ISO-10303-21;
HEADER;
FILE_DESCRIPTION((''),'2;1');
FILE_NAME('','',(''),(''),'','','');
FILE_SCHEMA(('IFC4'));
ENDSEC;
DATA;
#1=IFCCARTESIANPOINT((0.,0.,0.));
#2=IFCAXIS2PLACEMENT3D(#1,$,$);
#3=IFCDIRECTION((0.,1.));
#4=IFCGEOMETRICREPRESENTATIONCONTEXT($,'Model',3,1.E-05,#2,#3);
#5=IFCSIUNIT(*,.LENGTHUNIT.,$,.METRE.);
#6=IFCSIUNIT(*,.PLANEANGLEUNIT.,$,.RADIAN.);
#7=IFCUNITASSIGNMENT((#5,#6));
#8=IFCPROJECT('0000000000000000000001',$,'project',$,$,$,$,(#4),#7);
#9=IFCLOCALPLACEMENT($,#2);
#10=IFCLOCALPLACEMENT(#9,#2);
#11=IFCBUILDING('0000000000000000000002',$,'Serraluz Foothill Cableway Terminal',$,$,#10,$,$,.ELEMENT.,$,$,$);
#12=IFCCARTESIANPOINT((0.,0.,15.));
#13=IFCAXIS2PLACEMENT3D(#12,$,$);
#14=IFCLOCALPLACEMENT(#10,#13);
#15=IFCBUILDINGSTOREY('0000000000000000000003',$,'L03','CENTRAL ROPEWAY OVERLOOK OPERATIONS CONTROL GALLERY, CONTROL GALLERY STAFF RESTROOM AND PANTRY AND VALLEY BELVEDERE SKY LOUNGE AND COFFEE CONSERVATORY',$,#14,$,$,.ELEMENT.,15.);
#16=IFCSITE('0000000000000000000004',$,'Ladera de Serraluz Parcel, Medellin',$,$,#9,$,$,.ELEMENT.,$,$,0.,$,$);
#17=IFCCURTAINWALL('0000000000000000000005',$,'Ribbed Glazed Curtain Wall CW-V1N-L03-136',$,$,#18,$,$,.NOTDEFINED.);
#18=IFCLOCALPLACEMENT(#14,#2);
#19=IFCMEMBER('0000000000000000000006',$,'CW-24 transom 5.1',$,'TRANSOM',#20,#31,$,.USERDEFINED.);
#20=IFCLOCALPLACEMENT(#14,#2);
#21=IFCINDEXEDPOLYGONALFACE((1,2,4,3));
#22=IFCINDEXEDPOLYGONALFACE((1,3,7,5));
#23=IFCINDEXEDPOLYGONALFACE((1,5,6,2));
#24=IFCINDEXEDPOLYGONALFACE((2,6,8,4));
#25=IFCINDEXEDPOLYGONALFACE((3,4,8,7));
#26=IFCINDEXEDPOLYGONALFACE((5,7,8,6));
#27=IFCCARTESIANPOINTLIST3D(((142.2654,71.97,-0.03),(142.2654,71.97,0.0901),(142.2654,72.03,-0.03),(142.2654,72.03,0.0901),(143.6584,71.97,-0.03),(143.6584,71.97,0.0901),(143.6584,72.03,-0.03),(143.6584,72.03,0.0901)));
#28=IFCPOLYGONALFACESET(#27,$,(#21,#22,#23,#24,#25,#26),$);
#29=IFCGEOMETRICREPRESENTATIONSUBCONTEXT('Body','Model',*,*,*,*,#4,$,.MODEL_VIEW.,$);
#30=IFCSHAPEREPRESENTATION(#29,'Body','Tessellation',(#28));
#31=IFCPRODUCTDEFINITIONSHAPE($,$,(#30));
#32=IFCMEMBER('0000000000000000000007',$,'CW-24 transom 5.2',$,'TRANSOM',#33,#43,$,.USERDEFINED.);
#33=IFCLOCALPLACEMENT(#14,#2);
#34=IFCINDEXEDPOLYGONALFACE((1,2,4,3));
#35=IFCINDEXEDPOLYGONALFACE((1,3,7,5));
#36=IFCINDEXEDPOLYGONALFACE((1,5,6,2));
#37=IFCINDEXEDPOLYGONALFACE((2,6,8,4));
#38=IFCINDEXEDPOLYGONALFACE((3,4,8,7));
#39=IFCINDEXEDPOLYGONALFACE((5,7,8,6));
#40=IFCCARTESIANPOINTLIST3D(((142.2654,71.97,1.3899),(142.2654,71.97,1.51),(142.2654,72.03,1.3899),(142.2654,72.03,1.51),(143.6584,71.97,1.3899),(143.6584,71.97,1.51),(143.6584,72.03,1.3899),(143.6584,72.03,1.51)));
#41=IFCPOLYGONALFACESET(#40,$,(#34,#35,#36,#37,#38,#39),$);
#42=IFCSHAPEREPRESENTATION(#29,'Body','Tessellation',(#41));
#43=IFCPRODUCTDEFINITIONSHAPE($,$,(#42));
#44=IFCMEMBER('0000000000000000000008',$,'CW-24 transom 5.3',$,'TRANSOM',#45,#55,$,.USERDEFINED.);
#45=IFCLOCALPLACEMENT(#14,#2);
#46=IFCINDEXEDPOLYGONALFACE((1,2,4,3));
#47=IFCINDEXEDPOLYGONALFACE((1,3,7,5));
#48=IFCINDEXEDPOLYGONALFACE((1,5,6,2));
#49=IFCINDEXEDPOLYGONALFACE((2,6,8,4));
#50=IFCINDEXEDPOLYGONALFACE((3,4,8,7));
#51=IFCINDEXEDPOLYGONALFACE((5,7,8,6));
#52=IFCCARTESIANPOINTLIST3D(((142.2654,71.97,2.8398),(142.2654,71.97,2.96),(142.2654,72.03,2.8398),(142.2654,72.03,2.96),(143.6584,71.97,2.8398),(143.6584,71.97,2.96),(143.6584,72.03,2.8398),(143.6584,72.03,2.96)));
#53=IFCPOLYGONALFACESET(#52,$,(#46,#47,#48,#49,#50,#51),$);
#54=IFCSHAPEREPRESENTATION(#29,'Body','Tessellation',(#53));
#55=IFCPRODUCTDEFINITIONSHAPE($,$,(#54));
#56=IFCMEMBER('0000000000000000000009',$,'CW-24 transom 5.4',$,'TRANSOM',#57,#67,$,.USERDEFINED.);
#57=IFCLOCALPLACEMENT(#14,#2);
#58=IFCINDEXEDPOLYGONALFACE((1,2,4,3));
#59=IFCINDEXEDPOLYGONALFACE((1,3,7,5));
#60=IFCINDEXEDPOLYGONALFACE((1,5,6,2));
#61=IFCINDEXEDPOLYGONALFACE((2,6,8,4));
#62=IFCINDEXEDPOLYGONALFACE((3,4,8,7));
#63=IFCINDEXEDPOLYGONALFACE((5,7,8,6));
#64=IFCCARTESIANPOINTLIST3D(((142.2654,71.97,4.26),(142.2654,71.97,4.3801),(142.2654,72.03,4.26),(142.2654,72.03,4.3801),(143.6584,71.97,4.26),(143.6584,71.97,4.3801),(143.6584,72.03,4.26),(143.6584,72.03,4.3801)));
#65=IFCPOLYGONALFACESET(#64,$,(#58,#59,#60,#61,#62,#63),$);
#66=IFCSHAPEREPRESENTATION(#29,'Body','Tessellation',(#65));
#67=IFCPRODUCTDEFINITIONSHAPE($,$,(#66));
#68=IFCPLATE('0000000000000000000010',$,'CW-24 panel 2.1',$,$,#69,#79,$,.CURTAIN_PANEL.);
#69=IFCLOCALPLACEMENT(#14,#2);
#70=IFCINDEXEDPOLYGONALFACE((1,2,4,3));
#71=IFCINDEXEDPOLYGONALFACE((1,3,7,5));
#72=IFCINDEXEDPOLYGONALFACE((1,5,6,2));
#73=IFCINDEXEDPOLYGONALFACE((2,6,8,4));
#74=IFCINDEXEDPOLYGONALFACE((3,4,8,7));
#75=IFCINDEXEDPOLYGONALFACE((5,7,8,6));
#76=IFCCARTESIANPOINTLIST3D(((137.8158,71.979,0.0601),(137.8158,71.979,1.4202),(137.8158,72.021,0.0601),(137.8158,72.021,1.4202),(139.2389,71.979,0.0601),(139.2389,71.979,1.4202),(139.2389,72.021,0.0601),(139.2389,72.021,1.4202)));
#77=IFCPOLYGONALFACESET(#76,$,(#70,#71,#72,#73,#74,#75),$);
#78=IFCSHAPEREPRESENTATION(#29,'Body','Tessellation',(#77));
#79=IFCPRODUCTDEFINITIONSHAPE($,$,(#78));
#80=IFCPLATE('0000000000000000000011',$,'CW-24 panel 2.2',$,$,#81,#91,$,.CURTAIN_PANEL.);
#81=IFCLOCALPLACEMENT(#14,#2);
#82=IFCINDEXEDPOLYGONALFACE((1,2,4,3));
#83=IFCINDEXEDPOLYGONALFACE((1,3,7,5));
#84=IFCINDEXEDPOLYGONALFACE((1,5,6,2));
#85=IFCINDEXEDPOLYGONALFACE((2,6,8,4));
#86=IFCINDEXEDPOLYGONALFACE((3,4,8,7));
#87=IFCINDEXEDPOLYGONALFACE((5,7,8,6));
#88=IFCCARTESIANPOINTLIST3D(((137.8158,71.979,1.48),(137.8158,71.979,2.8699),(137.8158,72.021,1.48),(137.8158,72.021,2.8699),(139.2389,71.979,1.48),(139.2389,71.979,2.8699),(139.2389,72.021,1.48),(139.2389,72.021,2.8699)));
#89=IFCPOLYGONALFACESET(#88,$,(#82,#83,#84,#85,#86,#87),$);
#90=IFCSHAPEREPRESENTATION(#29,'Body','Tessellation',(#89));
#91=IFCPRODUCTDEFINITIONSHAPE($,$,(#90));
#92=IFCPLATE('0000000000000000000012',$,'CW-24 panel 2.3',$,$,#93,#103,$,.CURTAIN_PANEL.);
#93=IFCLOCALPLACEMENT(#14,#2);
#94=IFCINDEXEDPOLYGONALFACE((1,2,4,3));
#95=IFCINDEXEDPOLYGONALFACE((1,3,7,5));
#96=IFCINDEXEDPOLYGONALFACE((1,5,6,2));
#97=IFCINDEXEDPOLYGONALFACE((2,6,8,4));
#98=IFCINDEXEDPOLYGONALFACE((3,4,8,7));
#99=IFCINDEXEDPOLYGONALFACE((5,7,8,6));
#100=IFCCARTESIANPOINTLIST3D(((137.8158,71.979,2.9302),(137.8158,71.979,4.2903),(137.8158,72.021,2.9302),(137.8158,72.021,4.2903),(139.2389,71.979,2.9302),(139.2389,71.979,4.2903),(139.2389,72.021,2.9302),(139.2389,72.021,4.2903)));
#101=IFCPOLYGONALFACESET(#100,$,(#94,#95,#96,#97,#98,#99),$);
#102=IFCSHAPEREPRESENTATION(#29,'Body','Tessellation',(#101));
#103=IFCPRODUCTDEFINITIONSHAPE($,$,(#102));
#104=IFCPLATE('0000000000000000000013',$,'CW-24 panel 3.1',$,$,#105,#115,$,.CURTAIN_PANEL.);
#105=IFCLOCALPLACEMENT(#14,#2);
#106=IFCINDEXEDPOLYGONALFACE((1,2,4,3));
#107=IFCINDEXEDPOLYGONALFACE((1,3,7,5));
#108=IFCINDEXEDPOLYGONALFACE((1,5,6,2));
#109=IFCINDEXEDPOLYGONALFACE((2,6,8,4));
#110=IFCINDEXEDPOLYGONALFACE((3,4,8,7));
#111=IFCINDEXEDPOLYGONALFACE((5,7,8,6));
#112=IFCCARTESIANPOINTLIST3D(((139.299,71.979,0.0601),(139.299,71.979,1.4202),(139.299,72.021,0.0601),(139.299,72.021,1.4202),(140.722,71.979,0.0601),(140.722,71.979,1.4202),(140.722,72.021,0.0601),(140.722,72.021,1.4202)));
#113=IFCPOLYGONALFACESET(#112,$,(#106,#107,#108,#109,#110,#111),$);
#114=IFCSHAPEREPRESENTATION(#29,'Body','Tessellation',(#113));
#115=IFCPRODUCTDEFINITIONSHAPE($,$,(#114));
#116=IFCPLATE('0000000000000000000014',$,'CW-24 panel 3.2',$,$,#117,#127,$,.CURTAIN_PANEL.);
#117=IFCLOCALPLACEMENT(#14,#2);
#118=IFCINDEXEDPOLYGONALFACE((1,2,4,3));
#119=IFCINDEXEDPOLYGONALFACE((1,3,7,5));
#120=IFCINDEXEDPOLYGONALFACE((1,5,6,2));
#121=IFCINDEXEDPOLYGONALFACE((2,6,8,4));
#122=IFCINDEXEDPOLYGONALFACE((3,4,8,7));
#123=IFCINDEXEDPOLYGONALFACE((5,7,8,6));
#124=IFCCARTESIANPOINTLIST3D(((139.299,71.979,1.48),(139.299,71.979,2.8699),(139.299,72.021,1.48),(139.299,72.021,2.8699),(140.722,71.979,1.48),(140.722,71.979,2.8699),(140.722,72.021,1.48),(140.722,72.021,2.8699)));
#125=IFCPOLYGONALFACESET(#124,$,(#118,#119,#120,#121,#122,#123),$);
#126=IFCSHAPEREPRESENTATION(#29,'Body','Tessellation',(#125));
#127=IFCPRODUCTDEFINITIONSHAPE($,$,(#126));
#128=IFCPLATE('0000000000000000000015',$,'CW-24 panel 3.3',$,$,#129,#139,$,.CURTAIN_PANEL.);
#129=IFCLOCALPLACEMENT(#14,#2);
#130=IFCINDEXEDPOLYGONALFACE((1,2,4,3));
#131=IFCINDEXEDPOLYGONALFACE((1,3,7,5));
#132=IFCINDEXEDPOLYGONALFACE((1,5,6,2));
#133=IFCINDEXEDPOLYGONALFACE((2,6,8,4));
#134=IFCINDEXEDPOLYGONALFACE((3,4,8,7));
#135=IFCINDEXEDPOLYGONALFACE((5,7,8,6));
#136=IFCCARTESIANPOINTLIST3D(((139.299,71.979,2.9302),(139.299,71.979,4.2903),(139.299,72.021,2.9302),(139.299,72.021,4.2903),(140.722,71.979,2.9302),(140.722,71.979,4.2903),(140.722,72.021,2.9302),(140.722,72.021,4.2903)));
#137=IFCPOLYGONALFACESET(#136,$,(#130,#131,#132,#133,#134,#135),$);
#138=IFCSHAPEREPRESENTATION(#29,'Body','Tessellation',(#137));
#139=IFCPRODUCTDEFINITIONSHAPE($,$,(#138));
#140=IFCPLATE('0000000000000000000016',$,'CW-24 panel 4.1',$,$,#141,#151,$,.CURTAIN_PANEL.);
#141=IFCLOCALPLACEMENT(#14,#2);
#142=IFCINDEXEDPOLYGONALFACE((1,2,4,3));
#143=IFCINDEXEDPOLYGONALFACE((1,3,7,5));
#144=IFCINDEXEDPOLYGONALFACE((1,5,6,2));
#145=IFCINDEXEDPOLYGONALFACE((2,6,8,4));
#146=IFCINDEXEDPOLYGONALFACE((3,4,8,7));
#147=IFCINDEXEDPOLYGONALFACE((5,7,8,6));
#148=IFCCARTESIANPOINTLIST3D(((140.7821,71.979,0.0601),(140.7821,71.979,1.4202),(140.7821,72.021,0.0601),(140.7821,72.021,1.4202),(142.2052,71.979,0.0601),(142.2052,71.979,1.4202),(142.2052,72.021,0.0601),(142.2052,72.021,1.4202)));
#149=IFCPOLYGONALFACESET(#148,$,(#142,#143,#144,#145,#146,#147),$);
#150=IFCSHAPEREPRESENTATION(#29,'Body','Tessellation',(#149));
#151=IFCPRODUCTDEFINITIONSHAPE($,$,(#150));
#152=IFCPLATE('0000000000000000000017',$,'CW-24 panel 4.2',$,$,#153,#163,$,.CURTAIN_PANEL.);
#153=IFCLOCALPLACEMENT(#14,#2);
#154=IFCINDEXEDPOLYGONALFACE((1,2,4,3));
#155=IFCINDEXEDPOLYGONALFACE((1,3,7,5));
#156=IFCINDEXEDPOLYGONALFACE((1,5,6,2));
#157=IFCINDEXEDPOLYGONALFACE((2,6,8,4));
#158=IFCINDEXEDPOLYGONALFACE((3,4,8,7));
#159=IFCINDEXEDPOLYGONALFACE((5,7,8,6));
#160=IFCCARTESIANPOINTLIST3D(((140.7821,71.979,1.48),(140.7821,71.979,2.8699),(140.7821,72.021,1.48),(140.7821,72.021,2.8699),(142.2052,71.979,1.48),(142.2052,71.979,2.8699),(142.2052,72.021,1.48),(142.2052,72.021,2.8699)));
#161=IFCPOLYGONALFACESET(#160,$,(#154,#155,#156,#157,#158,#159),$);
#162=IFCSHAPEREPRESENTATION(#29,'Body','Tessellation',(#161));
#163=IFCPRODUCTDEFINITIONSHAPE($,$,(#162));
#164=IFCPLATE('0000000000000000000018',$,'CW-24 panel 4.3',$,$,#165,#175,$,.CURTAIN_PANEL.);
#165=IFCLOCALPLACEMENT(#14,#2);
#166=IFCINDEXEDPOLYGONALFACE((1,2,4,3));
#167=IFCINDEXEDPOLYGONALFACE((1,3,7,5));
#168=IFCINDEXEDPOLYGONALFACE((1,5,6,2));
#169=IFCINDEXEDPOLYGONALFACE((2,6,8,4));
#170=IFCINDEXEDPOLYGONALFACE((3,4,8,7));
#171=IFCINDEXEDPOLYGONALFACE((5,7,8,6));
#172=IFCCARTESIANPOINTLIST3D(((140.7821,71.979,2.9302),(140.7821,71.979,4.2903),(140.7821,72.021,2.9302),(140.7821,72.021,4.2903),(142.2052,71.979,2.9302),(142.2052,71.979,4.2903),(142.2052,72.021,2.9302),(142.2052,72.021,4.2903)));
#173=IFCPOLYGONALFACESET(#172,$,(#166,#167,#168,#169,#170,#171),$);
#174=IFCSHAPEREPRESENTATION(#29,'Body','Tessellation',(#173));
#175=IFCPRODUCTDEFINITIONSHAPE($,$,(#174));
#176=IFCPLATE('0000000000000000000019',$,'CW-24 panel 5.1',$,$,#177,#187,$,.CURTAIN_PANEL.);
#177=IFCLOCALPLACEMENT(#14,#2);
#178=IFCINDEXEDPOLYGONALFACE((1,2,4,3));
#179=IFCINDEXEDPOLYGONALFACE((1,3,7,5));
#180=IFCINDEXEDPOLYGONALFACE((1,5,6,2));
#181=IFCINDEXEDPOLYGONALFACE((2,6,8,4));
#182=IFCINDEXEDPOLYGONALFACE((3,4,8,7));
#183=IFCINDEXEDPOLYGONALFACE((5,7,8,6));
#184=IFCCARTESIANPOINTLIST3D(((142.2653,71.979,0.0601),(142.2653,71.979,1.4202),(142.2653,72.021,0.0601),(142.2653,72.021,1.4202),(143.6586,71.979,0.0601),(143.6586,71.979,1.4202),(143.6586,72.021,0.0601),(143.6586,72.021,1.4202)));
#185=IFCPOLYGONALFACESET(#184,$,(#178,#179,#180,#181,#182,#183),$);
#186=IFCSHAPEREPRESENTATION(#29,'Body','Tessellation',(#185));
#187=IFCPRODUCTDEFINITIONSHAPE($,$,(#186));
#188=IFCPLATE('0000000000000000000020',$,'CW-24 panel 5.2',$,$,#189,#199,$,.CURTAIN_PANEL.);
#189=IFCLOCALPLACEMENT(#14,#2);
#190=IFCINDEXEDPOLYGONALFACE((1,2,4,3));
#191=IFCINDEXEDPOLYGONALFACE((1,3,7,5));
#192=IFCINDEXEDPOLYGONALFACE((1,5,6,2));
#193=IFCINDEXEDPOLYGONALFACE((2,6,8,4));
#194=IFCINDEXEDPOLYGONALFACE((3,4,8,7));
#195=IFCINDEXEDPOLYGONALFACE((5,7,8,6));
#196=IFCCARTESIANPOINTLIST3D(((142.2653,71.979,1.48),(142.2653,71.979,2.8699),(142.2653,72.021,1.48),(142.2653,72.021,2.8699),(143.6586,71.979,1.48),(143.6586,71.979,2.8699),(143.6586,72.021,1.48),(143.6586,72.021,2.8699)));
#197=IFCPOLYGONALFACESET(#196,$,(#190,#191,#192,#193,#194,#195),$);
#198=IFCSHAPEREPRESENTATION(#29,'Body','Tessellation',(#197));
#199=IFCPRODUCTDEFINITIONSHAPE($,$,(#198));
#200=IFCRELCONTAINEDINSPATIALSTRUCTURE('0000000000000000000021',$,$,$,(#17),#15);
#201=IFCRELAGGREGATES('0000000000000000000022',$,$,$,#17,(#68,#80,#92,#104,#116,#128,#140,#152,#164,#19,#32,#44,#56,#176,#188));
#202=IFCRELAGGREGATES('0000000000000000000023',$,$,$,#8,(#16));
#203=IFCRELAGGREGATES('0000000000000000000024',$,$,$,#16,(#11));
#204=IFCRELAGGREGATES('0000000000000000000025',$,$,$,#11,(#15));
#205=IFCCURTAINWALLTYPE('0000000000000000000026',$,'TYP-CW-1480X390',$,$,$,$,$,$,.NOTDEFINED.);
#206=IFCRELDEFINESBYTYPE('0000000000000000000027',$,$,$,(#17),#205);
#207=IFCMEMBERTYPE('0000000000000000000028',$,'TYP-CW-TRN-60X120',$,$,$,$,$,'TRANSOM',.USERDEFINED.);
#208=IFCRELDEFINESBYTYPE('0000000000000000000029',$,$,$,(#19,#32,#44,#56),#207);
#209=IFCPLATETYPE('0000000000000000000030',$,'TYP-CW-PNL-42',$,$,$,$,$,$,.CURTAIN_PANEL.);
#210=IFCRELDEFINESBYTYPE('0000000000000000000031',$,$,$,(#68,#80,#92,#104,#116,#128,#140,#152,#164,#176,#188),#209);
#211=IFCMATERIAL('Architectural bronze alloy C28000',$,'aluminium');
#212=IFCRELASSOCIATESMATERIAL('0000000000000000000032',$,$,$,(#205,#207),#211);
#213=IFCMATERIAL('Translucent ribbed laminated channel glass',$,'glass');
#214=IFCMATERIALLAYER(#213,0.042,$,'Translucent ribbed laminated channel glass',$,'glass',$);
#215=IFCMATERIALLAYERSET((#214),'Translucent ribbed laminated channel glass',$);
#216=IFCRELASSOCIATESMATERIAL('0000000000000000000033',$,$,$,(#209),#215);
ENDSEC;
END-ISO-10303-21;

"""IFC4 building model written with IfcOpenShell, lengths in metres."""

from ifc_helpers import new_model, si_unit, direction, frame, origin, origin_2d, place, context, subcontext, project, spatial, rectangle, extrude, material, layer, layer_set, material_profile, profile_set, type_object, element, aggregate, save


model = new_model("IFC4")

# Units and contexts
model_context = context("Model", 3, precision=1e-05, world=origin(), true_north=direction((0.0, 1.0)))
body_context = subcontext(model_context, "Body", "Model", "MODEL_VIEW")
ifc_project = project(units=[si_unit("LENGTHUNIT", "METRE"), si_unit("PLANEANGLEUNIT", "RADIAN")], contexts=[model_context])

# Site, building, storey
site_placement = place(None, origin())
site = spatial("IfcSite", under=ifc_project, at=site_placement, Name="Ladera de Serraluz Parcel, Medellin", CompositionType="ELEMENT", RefElevation=0.0)
building_placement = place(site_placement, origin())
building = spatial("IfcBuilding", under=site, at=building_placement, Name="Serraluz Foothill Cableway Terminal", CompositionType="ELEMENT")
storey_placement = place(building_placement, frame((0.0, 0.0, 15.0)))
storey = spatial("IfcBuildingStorey", under=building, at=storey_placement, Name="L03", Description="CENTRAL ROPEWAY OVERLOOK OPERATIONS CONTROL GALLERY, CONTROL GALLERY STAFF RESTROOM AND PANTRY AND VALLEY BELVEDERE SKY LOUNGE AND COFFEE CONSERVATORY", CompositionType="ELEMENT", Elevation=15.0)

# Curtain wall, members, plates
ifc_material_1 = material(Name="Architectural bronze alloy C28000", Category="aluminium")
curtain_wall_type = type_object("IfcCurtainWallType", Name="TYP-CW-1480X390", PredefinedType="NOTDEFINED", material=ifc_material_1)
curtain_wall_placement = place(storey_placement, origin())
curtain_wall = element("IfcCurtainWall", 1, at=curtain_wall_placement, inside=storey, type_object=curtain_wall_type, Name="Ribbed Glazed Curtain Wall CW-V1N-L03-136", PredefinedType="NOTDEFINED")
ifc_material_profile_1 = material_profile(ifc_material_1, rectangle(XDim=0.0601, YDim=0.1201, at=origin_2d()), Name="ALU TRANSOM 60x120")
ifc_profile_set_1 = profile_set([ifc_material_profile_1], Name="Architectural bronze alloy C28000")
member_type_1 = type_object("IfcMemberType", Name="TYP-CW-TRN-60X120", ElementType="TRANSOM", PredefinedType="USERDEFINED", material=ifc_profile_set_1)
member_1_placement = place(storey_placement, frame((142.2654, 72.0, 0.03), z_axis=(1.0, 0.0, 0.0), x_axis=(0.0, 1.0, 0.0)))
member_1 = element("IfcMember", 2, at=member_1_placement, type_object=member_type_1, Name="CW-24 transom 5.1", ObjectType="TRANSOM", PredefinedType="USERDEFINED", context=body_context, shape_type="SweptSolid", body=[
    extrude(rectangle(XDim=0.0601, YDim=0.1201, at=origin_2d()), origin(), (0.0, 0.0, 1.0), 1.3931),
])
member_2_placement = place(storey_placement, frame((142.2654, 72.0, 1.45), z_axis=(1.0, 0.0, 0.0), x_axis=(0.0, 1.0, 0.0)))
member_2 = element("IfcMember", 3, at=member_2_placement, type_object=member_type_1, Name="CW-24 transom 5.2", ObjectType="TRANSOM", PredefinedType="USERDEFINED", context=body_context, shape_type="SweptSolid", body=[
    extrude(rectangle(XDim=0.0601, YDim=0.1201, at=origin_2d()), origin(), (0.0, 0.0, 1.0), 1.3931),
])
member_3_placement = place(storey_placement, frame((142.2654, 72.0, 2.8999), z_axis=(1.0, 0.0, 0.0), x_axis=(0.0, 1.0, 0.0)))
member_3 = element("IfcMember", 4, at=member_3_placement, type_object=member_type_1, Name="CW-24 transom 5.3", ObjectType="TRANSOM", PredefinedType="USERDEFINED", context=body_context, shape_type="SweptSolid", body=[
    extrude(rectangle(XDim=0.0601, YDim=0.1201, at=origin_2d()), origin(), (0.0, 0.0, 1.0), 1.3931),
])
member_4_placement = place(storey_placement, frame((142.2654, 72.0, 4.3201), z_axis=(1.0, 0.0, 0.0), x_axis=(0.0, 1.0, 0.0)))
member_4 = element("IfcMember", 5, at=member_4_placement, type_object=member_type_1, Name="CW-24 transom 5.4", ObjectType="TRANSOM", PredefinedType="USERDEFINED", context=body_context, shape_type="SweptSolid", body=[
    extrude(rectangle(XDim=0.0601, YDim=0.1201, at=origin_2d()), origin(), (0.0, 0.0, 1.0), 1.3931),
])
ifc_material_2 = material(Name="Translucent ribbed laminated channel glass", Category="glass")
ifc_layer_1 = layer(ifc_material_2, 0.042, Name="Translucent ribbed laminated channel glass", Category="glass")
ifc_layer_set_1 = layer_set([ifc_layer_1], Name="Translucent ribbed laminated channel glass")
plate_type = type_object("IfcPlateType", Name="TYP-CW-PNL-42", PredefinedType="CURTAIN_PANEL", material=ifc_layer_set_1)
plate_1_placement = place(storey_placement, frame((138.5273, 72.0, 0.0601), z_axis=(0.0, 0.0, 1.0), x_axis=(1.0, 0.0, 0.0)))
plate_1 = element("IfcPlate", 6, at=plate_1_placement, type_object=plate_type, Name="CW-24 panel 2.1", PredefinedType="CURTAIN_PANEL", context=body_context, shape_type="SweptSolid", body=[
    extrude(rectangle(XDim=1.4231, YDim=0.042, at=origin_2d()), origin(), (0.0, 0.0, 1.0), 1.3601),
])
plate_2_placement = place(storey_placement, frame((138.5273, 72.0, 1.48), z_axis=(0.0, 0.0, 1.0), x_axis=(1.0, 0.0, 0.0)))
plate_2 = element("IfcPlate", 7, at=plate_2_placement, type_object=plate_type, Name="CW-24 panel 2.2", PredefinedType="CURTAIN_PANEL", context=body_context, shape_type="SweptSolid", body=[
    extrude(rectangle(XDim=1.4231, YDim=0.042, at=origin_2d()), origin(), (0.0, 0.0, 1.0), 1.3899),
])
plate_3_placement = place(storey_placement, frame((138.5273, 72.0, 2.9302), z_axis=(0.0, 0.0, 1.0), x_axis=(1.0, 0.0, 0.0)))
plate_3 = element("IfcPlate", 8, at=plate_3_placement, type_object=plate_type, Name="CW-24 panel 2.3", PredefinedType="CURTAIN_PANEL", context=body_context, shape_type="SweptSolid", body=[
    extrude(rectangle(XDim=1.4231, YDim=0.042, at=origin_2d()), origin(), (0.0, 0.0, 1.0), 1.3601),
])
plate_4_placement = place(storey_placement, frame((140.0105, 72.0, 0.0601), z_axis=(0.0, 0.0, 1.0), x_axis=(1.0, 0.0, 0.0)))
plate_4 = element("IfcPlate", 9, at=plate_4_placement, type_object=plate_type, Name="CW-24 panel 3.1", PredefinedType="CURTAIN_PANEL", context=body_context, shape_type="SweptSolid", body=[
    extrude(rectangle(XDim=1.4231, YDim=0.042, at=origin_2d()), origin(), (0.0, 0.0, 1.0), 1.3601),
])
plate_5_placement = place(storey_placement, frame((140.0105, 72.0, 1.48), z_axis=(0.0, 0.0, 1.0), x_axis=(1.0, 0.0, 0.0)))
plate_5 = element("IfcPlate", 10, at=plate_5_placement, type_object=plate_type, Name="CW-24 panel 3.2", PredefinedType="CURTAIN_PANEL", context=body_context, shape_type="SweptSolid", body=[
    extrude(rectangle(XDim=1.4231, YDim=0.042, at=origin_2d()), origin(), (0.0, 0.0, 1.0), 1.3899),
])
plate_6_placement = place(storey_placement, frame((140.0105, 72.0, 2.9302), z_axis=(0.0, 0.0, 1.0), x_axis=(1.0, 0.0, 0.0)))
plate_6 = element("IfcPlate", 11, at=plate_6_placement, type_object=plate_type, Name="CW-24 panel 3.3", PredefinedType="CURTAIN_PANEL", context=body_context, shape_type="SweptSolid", body=[
    extrude(rectangle(XDim=1.4231, YDim=0.042, at=origin_2d()), origin(), (0.0, 0.0, 1.0), 1.3601),
])
plate_7_placement = place(storey_placement, frame((141.4937, 72.0, 0.0601), z_axis=(0.0, 0.0, 1.0), x_axis=(1.0, 0.0, 0.0)))
plate_7 = element("IfcPlate", 12, at=plate_7_placement, type_object=plate_type, Name="CW-24 panel 4.1", PredefinedType="CURTAIN_PANEL", context=body_context, shape_type="SweptSolid", body=[
    extrude(rectangle(XDim=1.4231, YDim=0.042, at=origin_2d()), origin(), (0.0, 0.0, 1.0), 1.3601),
])
plate_8_placement = place(storey_placement, frame((141.4937, 72.0, 1.48), z_axis=(0.0, 0.0, 1.0), x_axis=(1.0, 0.0, 0.0)))
plate_8 = element("IfcPlate", 13, at=plate_8_placement, type_object=plate_type, Name="CW-24 panel 4.2", PredefinedType="CURTAIN_PANEL", context=body_context, shape_type="SweptSolid", body=[
    extrude(rectangle(XDim=1.4231, YDim=0.042, at=origin_2d()), origin(), (0.0, 0.0, 1.0), 1.3899),
])
plate_9_placement = place(storey_placement, frame((141.4937, 72.0, 2.9302), z_axis=(0.0, 0.0, 1.0), x_axis=(1.0, 0.0, 0.0)))
plate_9 = element("IfcPlate", 14, at=plate_9_placement, type_object=plate_type, Name="CW-24 panel 4.3", PredefinedType="CURTAIN_PANEL", context=body_context, shape_type="SweptSolid", body=[
    extrude(rectangle(XDim=1.4231, YDim=0.042, at=origin_2d()), origin(), (0.0, 0.0, 1.0), 1.3601),
])
plate_10_placement = place(storey_placement, frame((142.9619, 72.0, 0.0601), z_axis=(0.0, 0.0, 1.0), x_axis=(1.0, 0.0, 0.0)))
plate_10 = element("IfcPlate", 15, at=plate_10_placement, type_object=plate_type, Name="CW-24 panel 5.1", PredefinedType="CURTAIN_PANEL", context=body_context, shape_type="SweptSolid", body=[
    extrude(rectangle(XDim=1.3933, YDim=0.042, at=origin_2d()), origin(), (0.0, 0.0, 1.0), 1.3601),
])
plate_11_placement = place(storey_placement, frame((142.9619, 72.0, 1.48), z_axis=(0.0, 0.0, 1.0), x_axis=(1.0, 0.0, 0.0)))
plate_11 = element("IfcPlate", 16, at=plate_11_placement, type_object=plate_type, Name="CW-24 panel 5.2", PredefinedType="CURTAIN_PANEL", context=body_context, shape_type="SweptSolid", body=[
    extrude(rectangle(XDim=1.3933, YDim=0.042, at=origin_2d()), origin(), (0.0, 0.0, 1.0), 1.3899),
])
aggregate(curtain_wall, [plate_1, plate_2, plate_3, plate_4, plate_5, plate_6, plate_7, plate_8, plate_9, member_1, member_2, member_3, member_4, plate_10, plate_11])

save(model, "model.ifc")
